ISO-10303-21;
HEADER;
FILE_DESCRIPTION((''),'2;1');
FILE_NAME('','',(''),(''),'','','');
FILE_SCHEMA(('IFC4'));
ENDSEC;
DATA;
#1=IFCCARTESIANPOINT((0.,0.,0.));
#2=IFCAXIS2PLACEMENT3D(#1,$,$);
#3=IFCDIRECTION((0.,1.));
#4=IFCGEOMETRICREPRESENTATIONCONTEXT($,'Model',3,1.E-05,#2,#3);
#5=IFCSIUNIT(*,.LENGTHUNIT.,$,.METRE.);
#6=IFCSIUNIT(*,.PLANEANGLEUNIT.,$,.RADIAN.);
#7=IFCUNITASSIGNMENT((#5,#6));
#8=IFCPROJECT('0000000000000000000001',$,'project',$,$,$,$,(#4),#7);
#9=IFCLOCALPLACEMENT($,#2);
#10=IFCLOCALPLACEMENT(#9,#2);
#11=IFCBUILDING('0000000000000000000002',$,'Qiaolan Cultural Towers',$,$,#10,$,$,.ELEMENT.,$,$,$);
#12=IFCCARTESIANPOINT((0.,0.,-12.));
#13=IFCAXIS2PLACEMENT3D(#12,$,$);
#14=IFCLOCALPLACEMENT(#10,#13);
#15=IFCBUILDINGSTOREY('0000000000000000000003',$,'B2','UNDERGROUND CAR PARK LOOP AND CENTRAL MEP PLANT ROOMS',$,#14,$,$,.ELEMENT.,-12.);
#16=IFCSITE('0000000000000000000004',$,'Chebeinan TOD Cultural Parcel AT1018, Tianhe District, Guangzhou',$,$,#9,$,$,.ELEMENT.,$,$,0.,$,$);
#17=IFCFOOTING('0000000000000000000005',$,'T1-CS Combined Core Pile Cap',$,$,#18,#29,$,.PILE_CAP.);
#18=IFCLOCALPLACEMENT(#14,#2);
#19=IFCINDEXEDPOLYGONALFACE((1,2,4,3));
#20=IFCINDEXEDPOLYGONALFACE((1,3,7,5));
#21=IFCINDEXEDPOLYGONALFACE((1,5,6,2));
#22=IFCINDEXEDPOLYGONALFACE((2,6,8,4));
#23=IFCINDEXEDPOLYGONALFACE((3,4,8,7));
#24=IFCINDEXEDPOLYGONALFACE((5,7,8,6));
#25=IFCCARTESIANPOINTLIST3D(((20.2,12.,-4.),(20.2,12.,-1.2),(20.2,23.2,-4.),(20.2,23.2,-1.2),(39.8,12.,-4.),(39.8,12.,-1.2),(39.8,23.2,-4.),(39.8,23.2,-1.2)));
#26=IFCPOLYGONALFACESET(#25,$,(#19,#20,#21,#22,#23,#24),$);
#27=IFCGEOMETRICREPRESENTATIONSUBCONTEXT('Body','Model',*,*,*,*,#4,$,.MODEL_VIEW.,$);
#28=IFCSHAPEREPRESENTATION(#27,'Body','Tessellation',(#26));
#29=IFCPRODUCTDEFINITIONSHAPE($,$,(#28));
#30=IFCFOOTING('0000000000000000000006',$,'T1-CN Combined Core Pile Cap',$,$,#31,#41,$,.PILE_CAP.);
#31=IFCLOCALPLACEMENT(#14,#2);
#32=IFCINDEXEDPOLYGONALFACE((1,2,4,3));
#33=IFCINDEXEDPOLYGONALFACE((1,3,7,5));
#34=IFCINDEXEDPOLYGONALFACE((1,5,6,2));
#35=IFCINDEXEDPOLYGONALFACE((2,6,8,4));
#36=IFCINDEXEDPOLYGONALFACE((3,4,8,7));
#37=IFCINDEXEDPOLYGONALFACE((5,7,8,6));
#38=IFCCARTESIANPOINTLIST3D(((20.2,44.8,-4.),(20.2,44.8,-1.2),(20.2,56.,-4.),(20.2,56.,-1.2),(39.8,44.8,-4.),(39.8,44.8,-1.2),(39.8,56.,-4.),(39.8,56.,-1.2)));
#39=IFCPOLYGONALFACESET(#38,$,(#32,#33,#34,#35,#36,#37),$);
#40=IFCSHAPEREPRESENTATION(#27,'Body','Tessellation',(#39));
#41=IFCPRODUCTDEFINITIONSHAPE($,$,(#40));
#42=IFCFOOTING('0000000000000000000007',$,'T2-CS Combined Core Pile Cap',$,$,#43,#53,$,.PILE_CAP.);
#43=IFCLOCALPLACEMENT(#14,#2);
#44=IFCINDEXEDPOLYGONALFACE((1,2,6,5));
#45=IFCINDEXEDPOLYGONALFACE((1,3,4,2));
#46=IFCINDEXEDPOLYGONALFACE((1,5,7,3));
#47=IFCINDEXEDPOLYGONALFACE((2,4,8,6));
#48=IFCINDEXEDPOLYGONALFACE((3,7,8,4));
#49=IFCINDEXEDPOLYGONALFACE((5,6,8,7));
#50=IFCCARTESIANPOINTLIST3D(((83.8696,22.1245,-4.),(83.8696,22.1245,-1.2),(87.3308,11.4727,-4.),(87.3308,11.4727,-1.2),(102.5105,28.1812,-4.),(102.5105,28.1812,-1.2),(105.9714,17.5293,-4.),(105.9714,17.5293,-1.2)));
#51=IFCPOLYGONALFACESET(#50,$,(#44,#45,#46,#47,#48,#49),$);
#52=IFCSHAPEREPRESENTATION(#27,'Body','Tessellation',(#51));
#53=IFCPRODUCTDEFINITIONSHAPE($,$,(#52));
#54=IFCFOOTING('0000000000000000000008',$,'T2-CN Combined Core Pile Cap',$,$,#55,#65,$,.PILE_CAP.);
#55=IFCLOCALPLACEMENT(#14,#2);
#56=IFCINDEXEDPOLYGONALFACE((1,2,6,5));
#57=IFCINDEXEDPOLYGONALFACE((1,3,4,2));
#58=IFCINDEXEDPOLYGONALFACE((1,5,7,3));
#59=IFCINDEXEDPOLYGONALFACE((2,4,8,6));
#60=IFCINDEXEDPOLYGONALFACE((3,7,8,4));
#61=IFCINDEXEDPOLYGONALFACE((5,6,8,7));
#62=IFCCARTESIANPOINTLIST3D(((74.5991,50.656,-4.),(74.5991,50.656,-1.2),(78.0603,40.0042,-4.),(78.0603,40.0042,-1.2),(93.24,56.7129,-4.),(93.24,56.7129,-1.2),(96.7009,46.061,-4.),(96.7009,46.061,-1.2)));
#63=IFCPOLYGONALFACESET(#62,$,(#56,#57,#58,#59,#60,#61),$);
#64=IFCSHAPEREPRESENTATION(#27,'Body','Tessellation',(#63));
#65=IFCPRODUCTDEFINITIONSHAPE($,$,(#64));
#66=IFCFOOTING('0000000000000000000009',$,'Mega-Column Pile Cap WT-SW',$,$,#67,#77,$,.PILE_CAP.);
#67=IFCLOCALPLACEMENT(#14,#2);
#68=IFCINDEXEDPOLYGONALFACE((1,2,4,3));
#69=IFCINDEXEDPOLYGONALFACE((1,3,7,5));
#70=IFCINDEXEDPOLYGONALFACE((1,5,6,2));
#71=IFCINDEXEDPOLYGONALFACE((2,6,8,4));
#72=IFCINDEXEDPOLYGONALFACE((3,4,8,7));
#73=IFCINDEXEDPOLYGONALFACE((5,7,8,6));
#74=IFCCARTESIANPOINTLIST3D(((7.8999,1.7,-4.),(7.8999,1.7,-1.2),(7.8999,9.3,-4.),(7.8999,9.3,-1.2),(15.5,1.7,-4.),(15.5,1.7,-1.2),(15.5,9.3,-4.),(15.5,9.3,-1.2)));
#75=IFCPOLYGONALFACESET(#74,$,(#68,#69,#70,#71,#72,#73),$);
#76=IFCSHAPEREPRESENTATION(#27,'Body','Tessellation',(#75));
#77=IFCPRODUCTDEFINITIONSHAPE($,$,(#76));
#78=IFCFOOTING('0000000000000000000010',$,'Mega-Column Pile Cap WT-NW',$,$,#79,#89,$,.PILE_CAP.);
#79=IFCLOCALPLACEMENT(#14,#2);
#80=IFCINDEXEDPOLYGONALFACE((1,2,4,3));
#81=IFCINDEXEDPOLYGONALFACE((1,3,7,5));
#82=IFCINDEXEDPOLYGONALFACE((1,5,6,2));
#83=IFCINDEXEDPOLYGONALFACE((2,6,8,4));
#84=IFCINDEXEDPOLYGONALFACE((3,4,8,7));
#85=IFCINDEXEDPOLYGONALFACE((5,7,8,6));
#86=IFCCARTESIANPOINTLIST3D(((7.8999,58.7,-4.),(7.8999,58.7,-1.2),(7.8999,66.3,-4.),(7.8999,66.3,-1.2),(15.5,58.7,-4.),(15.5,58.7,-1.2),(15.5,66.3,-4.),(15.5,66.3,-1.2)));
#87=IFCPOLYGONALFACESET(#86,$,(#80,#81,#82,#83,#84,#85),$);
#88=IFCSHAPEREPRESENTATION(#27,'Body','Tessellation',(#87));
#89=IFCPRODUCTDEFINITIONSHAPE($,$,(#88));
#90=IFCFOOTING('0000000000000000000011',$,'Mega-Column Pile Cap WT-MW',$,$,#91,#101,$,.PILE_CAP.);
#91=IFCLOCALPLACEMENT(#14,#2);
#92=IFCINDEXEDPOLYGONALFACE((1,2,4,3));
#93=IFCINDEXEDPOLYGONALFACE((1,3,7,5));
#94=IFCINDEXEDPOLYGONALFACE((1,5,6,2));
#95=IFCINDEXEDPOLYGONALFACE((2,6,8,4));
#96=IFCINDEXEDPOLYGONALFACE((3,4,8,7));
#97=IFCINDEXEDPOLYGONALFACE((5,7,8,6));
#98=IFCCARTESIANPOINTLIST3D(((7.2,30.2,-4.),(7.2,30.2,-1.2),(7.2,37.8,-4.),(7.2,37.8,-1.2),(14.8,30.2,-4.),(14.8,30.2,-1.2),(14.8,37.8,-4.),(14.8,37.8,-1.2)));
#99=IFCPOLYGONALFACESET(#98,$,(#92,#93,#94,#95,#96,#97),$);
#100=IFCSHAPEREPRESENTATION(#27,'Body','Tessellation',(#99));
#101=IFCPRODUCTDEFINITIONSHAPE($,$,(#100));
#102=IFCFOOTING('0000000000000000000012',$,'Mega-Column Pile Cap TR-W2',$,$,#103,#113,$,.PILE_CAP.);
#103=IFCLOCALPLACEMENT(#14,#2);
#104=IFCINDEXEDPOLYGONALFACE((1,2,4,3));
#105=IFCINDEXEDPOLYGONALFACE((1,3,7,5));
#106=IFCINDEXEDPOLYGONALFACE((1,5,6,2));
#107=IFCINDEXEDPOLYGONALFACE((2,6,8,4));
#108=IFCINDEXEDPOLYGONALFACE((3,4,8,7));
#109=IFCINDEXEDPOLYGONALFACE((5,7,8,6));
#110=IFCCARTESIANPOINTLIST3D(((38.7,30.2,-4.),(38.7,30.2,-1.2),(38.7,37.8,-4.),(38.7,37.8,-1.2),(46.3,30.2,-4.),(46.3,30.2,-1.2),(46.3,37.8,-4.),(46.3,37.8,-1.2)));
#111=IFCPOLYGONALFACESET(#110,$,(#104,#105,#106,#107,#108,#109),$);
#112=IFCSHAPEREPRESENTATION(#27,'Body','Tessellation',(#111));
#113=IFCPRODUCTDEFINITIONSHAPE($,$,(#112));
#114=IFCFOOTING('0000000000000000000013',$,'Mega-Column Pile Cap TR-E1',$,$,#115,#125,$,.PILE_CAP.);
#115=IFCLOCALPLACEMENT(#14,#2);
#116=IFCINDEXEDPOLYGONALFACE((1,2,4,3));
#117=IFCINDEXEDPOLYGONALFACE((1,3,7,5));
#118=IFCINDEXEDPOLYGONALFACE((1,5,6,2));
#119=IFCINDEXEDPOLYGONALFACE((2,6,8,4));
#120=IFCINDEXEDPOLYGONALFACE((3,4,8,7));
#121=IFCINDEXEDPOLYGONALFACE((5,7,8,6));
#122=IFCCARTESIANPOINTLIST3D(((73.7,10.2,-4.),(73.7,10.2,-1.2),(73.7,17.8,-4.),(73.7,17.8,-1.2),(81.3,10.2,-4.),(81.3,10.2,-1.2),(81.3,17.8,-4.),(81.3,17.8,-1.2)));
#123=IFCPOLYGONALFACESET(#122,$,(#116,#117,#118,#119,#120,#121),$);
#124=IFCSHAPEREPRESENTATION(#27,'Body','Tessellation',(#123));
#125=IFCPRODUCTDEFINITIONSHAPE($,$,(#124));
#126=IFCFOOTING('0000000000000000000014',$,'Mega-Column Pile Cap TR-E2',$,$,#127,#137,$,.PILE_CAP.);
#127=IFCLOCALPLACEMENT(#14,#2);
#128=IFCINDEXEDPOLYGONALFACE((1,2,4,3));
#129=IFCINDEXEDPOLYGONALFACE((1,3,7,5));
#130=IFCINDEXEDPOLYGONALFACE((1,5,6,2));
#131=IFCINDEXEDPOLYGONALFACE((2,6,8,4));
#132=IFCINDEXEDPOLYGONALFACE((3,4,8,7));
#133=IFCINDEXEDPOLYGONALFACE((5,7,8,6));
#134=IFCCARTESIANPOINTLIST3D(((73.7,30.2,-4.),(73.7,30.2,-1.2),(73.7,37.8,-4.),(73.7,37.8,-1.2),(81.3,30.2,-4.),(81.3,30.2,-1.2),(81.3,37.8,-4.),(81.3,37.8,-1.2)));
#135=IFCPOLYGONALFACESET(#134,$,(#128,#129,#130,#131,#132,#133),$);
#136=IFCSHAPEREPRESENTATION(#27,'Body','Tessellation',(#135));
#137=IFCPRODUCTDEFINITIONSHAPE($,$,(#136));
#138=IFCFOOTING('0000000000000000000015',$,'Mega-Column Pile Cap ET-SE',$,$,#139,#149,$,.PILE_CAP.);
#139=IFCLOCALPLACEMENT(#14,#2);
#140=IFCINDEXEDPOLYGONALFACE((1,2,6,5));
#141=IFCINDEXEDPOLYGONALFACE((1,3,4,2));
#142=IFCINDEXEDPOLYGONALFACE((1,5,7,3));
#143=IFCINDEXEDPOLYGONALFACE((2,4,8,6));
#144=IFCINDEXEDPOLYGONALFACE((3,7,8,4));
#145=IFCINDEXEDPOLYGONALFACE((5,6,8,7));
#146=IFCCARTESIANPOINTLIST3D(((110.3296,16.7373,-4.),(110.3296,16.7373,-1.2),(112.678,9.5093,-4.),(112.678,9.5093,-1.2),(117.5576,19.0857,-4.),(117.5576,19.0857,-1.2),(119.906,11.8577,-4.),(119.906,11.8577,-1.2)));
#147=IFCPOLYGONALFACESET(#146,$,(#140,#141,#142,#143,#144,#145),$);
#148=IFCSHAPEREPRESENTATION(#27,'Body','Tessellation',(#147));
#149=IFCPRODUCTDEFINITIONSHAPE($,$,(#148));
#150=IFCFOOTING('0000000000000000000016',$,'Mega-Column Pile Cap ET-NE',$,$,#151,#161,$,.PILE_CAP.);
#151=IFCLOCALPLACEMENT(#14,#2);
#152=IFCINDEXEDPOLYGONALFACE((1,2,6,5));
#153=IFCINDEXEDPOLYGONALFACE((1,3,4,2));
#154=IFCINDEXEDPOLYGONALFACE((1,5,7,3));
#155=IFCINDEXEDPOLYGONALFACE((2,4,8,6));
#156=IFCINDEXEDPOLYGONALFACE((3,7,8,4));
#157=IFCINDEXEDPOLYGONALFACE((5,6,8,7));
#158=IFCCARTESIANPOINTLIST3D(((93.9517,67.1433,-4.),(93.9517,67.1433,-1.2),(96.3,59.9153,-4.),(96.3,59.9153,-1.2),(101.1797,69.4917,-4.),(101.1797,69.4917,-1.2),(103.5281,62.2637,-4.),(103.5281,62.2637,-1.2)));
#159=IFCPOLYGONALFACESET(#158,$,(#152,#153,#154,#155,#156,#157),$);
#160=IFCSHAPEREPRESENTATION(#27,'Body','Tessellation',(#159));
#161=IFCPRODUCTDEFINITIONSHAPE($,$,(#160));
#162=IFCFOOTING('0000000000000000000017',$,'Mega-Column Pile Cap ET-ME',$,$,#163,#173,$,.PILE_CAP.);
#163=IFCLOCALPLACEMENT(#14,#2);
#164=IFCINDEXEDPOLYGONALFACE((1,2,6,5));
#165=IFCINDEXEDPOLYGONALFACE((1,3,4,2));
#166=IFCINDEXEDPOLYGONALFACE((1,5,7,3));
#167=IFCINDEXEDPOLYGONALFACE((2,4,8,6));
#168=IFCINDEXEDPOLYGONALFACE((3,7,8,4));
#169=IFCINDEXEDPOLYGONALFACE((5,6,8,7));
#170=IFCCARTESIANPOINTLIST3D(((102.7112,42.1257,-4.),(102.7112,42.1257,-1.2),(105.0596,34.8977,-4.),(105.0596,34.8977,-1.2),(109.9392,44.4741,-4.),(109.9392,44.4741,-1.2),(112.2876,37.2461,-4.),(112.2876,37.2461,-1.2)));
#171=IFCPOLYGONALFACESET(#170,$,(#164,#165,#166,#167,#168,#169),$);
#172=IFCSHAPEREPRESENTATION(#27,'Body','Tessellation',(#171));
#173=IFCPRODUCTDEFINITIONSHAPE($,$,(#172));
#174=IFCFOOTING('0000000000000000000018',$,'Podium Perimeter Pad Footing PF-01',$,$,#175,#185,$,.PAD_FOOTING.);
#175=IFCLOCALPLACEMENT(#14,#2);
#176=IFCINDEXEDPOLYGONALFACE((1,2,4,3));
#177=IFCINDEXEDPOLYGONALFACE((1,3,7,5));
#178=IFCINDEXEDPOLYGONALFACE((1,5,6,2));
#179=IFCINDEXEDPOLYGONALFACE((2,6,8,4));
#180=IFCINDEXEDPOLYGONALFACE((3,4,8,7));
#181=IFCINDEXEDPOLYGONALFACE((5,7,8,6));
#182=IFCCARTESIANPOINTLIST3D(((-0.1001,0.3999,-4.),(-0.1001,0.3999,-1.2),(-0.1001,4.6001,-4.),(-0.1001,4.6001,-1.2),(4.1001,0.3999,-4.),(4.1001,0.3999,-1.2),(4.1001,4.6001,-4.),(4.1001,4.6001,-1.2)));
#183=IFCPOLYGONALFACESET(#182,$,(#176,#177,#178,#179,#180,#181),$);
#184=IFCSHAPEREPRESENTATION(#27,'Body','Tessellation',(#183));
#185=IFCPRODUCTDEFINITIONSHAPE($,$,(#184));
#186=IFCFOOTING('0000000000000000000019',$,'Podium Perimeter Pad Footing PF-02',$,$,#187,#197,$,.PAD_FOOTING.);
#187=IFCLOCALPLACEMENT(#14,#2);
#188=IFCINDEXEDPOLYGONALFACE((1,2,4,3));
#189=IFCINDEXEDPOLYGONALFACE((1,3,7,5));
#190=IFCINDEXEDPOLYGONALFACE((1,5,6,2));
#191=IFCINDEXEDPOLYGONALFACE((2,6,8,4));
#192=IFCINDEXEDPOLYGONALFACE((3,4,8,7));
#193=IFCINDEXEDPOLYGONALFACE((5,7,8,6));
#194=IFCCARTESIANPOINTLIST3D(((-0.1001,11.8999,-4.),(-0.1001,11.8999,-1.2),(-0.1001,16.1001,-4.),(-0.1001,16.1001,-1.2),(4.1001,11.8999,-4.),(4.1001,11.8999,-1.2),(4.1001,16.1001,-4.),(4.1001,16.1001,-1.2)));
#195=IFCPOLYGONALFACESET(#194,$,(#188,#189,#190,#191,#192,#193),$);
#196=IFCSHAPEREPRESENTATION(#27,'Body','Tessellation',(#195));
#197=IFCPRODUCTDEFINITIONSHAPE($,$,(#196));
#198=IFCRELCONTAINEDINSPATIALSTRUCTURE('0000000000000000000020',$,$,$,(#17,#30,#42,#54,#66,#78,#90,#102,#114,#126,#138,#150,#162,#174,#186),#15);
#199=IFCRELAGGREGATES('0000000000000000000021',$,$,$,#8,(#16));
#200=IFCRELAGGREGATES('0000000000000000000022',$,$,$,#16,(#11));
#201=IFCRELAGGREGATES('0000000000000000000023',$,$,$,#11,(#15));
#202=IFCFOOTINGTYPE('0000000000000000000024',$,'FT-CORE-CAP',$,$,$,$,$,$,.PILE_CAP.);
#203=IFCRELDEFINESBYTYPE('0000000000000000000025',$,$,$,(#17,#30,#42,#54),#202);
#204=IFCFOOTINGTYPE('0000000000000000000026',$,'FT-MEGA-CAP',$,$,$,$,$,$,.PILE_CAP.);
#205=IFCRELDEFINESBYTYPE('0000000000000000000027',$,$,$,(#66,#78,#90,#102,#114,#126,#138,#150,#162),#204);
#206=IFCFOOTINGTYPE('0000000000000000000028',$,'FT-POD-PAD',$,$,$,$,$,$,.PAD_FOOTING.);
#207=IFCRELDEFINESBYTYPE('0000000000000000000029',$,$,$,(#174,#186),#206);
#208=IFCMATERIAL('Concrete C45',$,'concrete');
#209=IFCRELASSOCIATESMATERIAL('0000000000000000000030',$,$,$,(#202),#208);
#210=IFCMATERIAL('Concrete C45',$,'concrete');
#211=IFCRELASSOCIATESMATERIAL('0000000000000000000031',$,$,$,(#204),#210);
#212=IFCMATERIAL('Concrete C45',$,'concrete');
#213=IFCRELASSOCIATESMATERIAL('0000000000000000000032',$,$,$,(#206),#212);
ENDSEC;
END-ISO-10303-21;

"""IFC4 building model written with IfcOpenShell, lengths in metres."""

from ifc_helpers import new_model, si_unit, direction, frame, origin, place, context, subcontext, project, spatial, polyline, outline, extrude, material, type_object, element, save


model = new_model("IFC4")

# Units and contexts
model_context = context("Model", 3, precision=1e-05, world=origin(), true_north=direction((0.0, 1.0)))
body_context = subcontext(model_context, "Body", "Model", "MODEL_VIEW")
ifc_project = project(units=[si_unit("LENGTHUNIT", "METRE"), si_unit("PLANEANGLEUNIT", "RADIAN")], contexts=[model_context])

# Site, building, storey
site_placement = place(None, origin())
site = spatial("IfcSite", under=ifc_project, at=site_placement, Name="Chebeinan TOD Cultural Parcel AT1018, Tianhe District, Guangzhou", CompositionType="ELEMENT", RefElevation=0.0)
building_placement = place(site_placement, origin())
building = spatial("IfcBuilding", under=site, at=building_placement, Name="Qiaolan Cultural Towers", CompositionType="ELEMENT")
storey_placement = place(building_placement, frame((0.0, 0.0, -12.0)))
storey = spatial("IfcBuildingStorey", under=building, at=storey_placement, Name="B2", Description="UNDERGROUND CAR PARK LOOP AND CENTRAL MEP PLANT ROOMS", CompositionType="ELEMENT", Elevation=-12.0)

# Footings
ifc_material_1 = material(Name="Concrete C45", Category="concrete")
footing_type_1 = type_object("IfcFootingType", Name="FT-CORE-CAP", PredefinedType="PILE_CAP", material=ifc_material_1)
footing_1_placement = place(storey_placement, frame((0.0, 0.0, -4.0)))
element("IfcFooting", 1, at=footing_1_placement, inside=storey, type_object=footing_type_1, Name="T1-CS Combined Core Pile Cap", PredefinedType="PILE_CAP", context=body_context, shape_type="SweptSolid", body=[
    extrude(outline(polyline([(20.2, 12.0), (39.8, 12.0), (39.8, 23.2), (20.2, 23.2), (20.2, 12.0)])), origin(), (0.0, 0.0, 1.0), 2.8),
])
footing_2_placement = place(storey_placement, frame((0.0, 0.0, -4.0)))
element("IfcFooting", 2, at=footing_2_placement, inside=storey, type_object=footing_type_1, Name="T1-CN Combined Core Pile Cap", PredefinedType="PILE_CAP", context=body_context, shape_type="SweptSolid", body=[
    extrude(outline(polyline([(20.2, 44.8), (39.8, 44.8), (39.8, 56.0), (20.2, 56.0), (20.2, 44.8)])), origin(), (0.0, 0.0, 1.0), 2.8),
])
footing_3_placement = place(storey_placement, frame((0.0, 0.0, -4.0)))
element("IfcFooting", 3, at=footing_3_placement, inside=storey, type_object=footing_type_1, Name="T2-CS Combined Core Pile Cap", PredefinedType="PILE_CAP", context=body_context, shape_type="SweptSolid", body=[
    extrude(outline(polyline([(87.3308, 11.4727), (105.9714, 17.5293), (102.5105, 28.1812), (83.8696, 22.1245), (87.3308, 11.4727)])), origin(), (0.0, 0.0, 1.0), 2.8),
])
footing_4_placement = place(storey_placement, frame((0.0, 0.0, -4.0)))
element("IfcFooting", 4, at=footing_4_placement, inside=storey, type_object=footing_type_1, Name="T2-CN Combined Core Pile Cap", PredefinedType="PILE_CAP", context=body_context, shape_type="SweptSolid", body=[
    extrude(outline(polyline([(78.0603, 40.0042), (96.7009, 46.061), (93.24, 56.7129), (74.5991, 50.656), (78.0603, 40.0042)])), origin(), (0.0, 0.0, 1.0), 2.8),
])
ifc_material_2 = material(Name="Concrete C45", Category="concrete")
footing_type_2 = type_object("IfcFootingType", Name="FT-MEGA-CAP", PredefinedType="PILE_CAP", material=ifc_material_2)
footing_5_placement = place(storey_placement, frame((0.0, 0.0, -4.0)))
element("IfcFooting", 5, at=footing_5_placement, inside=storey, type_object=footing_type_2, Name="Mega-Column Pile Cap WT-SW", PredefinedType="PILE_CAP", context=body_context, shape_type="SweptSolid", body=[
    extrude(outline(polyline([(7.8999, 1.7), (15.5, 1.7), (15.5, 9.3), (7.8999, 9.3), (7.8999, 1.7)])), origin(), (0.0, 0.0, 1.0), 2.8),
])
footing_6_placement = place(storey_placement, frame((0.0, 0.0, -4.0)))
element("IfcFooting", 6, at=footing_6_placement, inside=storey, type_object=footing_type_2, Name="Mega-Column Pile Cap WT-NW", PredefinedType="PILE_CAP", context=body_context, shape_type="SweptSolid", body=[
    extrude(outline(polyline([(7.8999, 58.7), (15.5, 58.7), (15.5, 66.3), (7.8999, 66.3), (7.8999, 58.7)])), origin(), (0.0, 0.0, 1.0), 2.8),
])
footing_7_placement = place(storey_placement, frame((0.0, 0.0, -4.0)))
element("IfcFooting", 7, at=footing_7_placement, inside=storey, type_object=footing_type_2, Name="Mega-Column Pile Cap WT-MW", PredefinedType="PILE_CAP", context=body_context, shape_type="SweptSolid", body=[
    extrude(outline(polyline([(7.2, 30.2), (14.8, 30.2), (14.8, 37.8), (7.2, 37.8), (7.2, 30.2)])), origin(), (0.0, 0.0, 1.0), 2.8),
])
footing_8_placement = place(storey_placement, frame((0.0, 0.0, -4.0)))
element("IfcFooting", 8, at=footing_8_placement, inside=storey, type_object=footing_type_2, Name="Mega-Column Pile Cap TR-W2", PredefinedType="PILE_CAP", context=body_context, shape_type="SweptSolid", body=[
    extrude(outline(polyline([(38.7, 30.2), (46.3, 30.2), (46.3, 37.8), (38.7, 37.8), (38.7, 30.2)])), origin(), (0.0, 0.0, 1.0), 2.8),
])
footing_9_placement = place(storey_placement, frame((0.0, 0.0, -4.0)))
element("IfcFooting", 9, at=footing_9_placement, inside=storey, type_object=footing_type_2, Name="Mega-Column Pile Cap TR-E1", PredefinedType="PILE_CAP", context=body_context, shape_type="SweptSolid", body=[
    extrude(outline(polyline([(73.7, 10.2), (81.3, 10.2), (81.3, 17.8), (73.7, 17.8), (73.7, 10.2)])), origin(), (0.0, 0.0, 1.0), 2.8),
])
footing_10_placement = place(storey_placement, frame((0.0, 0.0, -4.0)))
element("IfcFooting", 10, at=footing_10_placement, inside=storey, type_object=footing_type_2, Name="Mega-Column Pile Cap TR-E2", PredefinedType="PILE_CAP", context=body_context, shape_type="SweptSolid", body=[
    extrude(outline(polyline([(73.7, 30.2), (81.3, 30.2), (81.3, 37.8), (73.7, 37.8), (73.7, 30.2)])), origin(), (0.0, 0.0, 1.0), 2.8),
])
footing_11_placement = place(storey_placement, frame((0.0, 0.0, -4.0)))
element("IfcFooting", 11, at=footing_11_placement, inside=storey, type_object=footing_type_2, Name="Mega-Column Pile Cap ET-SE", PredefinedType="PILE_CAP", context=body_context, shape_type="SweptSolid", body=[
    extrude(outline(polyline([(112.678, 9.5093), (119.906, 11.8577), (117.5576, 19.0857), (110.3296, 16.7373), (112.678, 9.5093)])), origin(), (0.0, 0.0, 1.0), 2.8),
])
footing_12_placement = place(storey_placement, frame((0.0, 0.0, -4.0)))
element("IfcFooting", 12, at=footing_12_placement, inside=storey, type_object=footing_type_2, Name="Mega-Column Pile Cap ET-NE", PredefinedType="PILE_CAP", context=body_context, shape_type="SweptSolid", body=[
    extrude(outline(polyline([(96.3, 59.9153), (103.5281, 62.2637), (101.1797, 69.4917), (93.9517, 67.1433), (96.3, 59.9153)])), origin(), (0.0, 0.0, 1.0), 2.8),
])
footing_13_placement = place(storey_placement, frame((0.0, 0.0, -4.0)))
element("IfcFooting", 13, at=footing_13_placement, inside=storey, type_object=footing_type_2, Name="Mega-Column Pile Cap ET-ME", PredefinedType="PILE_CAP", context=body_context, shape_type="SweptSolid", body=[
    extrude(outline(polyline([(105.0596, 34.8977), (112.2876, 37.2461), (109.9392, 44.4741), (102.7112, 42.1257), (105.0596, 34.8977)])), origin(), (0.0, 0.0, 1.0), 2.8),
])
ifc_material_3 = material(Name="Concrete C45", Category="concrete")
footing_type_3 = type_object("IfcFootingType", Name="FT-POD-PAD", PredefinedType="PAD_FOOTING", material=ifc_material_3)
footing_14_placement = place(storey_placement, frame((0.0, 0.0, -4.0)))
element("IfcFooting", 14, at=footing_14_placement, inside=storey, type_object=footing_type_3, Name="Podium Perimeter Pad Footing PF-01", PredefinedType="PAD_FOOTING", context=body_context, shape_type="SweptSolid", body=[
    extrude(outline(polyline([(-0.1001, 0.3999), (4.1001, 0.3999), (4.1001, 4.6001), (-0.1001, 4.6001), (-0.1001, 0.3999)])), origin(), (0.0, 0.0, 1.0), 2.8),
])
footing_15_placement = place(storey_placement, frame((0.0, 0.0, -4.0)))
element("IfcFooting", 15, at=footing_15_placement, inside=storey, type_object=footing_type_3, Name="Podium Perimeter Pad Footing PF-02", PredefinedType="PAD_FOOTING", context=body_context, shape_type="SweptSolid", body=[
    extrude(outline(polyline([(-0.1001, 11.8999), (4.1001, 11.8999), (4.1001, 16.1001), (-0.1001, 16.1001), (-0.1001, 11.8999)])), origin(), (0.0, 0.0, 1.0), 2.8),
])

save(model, "model.ifc")
